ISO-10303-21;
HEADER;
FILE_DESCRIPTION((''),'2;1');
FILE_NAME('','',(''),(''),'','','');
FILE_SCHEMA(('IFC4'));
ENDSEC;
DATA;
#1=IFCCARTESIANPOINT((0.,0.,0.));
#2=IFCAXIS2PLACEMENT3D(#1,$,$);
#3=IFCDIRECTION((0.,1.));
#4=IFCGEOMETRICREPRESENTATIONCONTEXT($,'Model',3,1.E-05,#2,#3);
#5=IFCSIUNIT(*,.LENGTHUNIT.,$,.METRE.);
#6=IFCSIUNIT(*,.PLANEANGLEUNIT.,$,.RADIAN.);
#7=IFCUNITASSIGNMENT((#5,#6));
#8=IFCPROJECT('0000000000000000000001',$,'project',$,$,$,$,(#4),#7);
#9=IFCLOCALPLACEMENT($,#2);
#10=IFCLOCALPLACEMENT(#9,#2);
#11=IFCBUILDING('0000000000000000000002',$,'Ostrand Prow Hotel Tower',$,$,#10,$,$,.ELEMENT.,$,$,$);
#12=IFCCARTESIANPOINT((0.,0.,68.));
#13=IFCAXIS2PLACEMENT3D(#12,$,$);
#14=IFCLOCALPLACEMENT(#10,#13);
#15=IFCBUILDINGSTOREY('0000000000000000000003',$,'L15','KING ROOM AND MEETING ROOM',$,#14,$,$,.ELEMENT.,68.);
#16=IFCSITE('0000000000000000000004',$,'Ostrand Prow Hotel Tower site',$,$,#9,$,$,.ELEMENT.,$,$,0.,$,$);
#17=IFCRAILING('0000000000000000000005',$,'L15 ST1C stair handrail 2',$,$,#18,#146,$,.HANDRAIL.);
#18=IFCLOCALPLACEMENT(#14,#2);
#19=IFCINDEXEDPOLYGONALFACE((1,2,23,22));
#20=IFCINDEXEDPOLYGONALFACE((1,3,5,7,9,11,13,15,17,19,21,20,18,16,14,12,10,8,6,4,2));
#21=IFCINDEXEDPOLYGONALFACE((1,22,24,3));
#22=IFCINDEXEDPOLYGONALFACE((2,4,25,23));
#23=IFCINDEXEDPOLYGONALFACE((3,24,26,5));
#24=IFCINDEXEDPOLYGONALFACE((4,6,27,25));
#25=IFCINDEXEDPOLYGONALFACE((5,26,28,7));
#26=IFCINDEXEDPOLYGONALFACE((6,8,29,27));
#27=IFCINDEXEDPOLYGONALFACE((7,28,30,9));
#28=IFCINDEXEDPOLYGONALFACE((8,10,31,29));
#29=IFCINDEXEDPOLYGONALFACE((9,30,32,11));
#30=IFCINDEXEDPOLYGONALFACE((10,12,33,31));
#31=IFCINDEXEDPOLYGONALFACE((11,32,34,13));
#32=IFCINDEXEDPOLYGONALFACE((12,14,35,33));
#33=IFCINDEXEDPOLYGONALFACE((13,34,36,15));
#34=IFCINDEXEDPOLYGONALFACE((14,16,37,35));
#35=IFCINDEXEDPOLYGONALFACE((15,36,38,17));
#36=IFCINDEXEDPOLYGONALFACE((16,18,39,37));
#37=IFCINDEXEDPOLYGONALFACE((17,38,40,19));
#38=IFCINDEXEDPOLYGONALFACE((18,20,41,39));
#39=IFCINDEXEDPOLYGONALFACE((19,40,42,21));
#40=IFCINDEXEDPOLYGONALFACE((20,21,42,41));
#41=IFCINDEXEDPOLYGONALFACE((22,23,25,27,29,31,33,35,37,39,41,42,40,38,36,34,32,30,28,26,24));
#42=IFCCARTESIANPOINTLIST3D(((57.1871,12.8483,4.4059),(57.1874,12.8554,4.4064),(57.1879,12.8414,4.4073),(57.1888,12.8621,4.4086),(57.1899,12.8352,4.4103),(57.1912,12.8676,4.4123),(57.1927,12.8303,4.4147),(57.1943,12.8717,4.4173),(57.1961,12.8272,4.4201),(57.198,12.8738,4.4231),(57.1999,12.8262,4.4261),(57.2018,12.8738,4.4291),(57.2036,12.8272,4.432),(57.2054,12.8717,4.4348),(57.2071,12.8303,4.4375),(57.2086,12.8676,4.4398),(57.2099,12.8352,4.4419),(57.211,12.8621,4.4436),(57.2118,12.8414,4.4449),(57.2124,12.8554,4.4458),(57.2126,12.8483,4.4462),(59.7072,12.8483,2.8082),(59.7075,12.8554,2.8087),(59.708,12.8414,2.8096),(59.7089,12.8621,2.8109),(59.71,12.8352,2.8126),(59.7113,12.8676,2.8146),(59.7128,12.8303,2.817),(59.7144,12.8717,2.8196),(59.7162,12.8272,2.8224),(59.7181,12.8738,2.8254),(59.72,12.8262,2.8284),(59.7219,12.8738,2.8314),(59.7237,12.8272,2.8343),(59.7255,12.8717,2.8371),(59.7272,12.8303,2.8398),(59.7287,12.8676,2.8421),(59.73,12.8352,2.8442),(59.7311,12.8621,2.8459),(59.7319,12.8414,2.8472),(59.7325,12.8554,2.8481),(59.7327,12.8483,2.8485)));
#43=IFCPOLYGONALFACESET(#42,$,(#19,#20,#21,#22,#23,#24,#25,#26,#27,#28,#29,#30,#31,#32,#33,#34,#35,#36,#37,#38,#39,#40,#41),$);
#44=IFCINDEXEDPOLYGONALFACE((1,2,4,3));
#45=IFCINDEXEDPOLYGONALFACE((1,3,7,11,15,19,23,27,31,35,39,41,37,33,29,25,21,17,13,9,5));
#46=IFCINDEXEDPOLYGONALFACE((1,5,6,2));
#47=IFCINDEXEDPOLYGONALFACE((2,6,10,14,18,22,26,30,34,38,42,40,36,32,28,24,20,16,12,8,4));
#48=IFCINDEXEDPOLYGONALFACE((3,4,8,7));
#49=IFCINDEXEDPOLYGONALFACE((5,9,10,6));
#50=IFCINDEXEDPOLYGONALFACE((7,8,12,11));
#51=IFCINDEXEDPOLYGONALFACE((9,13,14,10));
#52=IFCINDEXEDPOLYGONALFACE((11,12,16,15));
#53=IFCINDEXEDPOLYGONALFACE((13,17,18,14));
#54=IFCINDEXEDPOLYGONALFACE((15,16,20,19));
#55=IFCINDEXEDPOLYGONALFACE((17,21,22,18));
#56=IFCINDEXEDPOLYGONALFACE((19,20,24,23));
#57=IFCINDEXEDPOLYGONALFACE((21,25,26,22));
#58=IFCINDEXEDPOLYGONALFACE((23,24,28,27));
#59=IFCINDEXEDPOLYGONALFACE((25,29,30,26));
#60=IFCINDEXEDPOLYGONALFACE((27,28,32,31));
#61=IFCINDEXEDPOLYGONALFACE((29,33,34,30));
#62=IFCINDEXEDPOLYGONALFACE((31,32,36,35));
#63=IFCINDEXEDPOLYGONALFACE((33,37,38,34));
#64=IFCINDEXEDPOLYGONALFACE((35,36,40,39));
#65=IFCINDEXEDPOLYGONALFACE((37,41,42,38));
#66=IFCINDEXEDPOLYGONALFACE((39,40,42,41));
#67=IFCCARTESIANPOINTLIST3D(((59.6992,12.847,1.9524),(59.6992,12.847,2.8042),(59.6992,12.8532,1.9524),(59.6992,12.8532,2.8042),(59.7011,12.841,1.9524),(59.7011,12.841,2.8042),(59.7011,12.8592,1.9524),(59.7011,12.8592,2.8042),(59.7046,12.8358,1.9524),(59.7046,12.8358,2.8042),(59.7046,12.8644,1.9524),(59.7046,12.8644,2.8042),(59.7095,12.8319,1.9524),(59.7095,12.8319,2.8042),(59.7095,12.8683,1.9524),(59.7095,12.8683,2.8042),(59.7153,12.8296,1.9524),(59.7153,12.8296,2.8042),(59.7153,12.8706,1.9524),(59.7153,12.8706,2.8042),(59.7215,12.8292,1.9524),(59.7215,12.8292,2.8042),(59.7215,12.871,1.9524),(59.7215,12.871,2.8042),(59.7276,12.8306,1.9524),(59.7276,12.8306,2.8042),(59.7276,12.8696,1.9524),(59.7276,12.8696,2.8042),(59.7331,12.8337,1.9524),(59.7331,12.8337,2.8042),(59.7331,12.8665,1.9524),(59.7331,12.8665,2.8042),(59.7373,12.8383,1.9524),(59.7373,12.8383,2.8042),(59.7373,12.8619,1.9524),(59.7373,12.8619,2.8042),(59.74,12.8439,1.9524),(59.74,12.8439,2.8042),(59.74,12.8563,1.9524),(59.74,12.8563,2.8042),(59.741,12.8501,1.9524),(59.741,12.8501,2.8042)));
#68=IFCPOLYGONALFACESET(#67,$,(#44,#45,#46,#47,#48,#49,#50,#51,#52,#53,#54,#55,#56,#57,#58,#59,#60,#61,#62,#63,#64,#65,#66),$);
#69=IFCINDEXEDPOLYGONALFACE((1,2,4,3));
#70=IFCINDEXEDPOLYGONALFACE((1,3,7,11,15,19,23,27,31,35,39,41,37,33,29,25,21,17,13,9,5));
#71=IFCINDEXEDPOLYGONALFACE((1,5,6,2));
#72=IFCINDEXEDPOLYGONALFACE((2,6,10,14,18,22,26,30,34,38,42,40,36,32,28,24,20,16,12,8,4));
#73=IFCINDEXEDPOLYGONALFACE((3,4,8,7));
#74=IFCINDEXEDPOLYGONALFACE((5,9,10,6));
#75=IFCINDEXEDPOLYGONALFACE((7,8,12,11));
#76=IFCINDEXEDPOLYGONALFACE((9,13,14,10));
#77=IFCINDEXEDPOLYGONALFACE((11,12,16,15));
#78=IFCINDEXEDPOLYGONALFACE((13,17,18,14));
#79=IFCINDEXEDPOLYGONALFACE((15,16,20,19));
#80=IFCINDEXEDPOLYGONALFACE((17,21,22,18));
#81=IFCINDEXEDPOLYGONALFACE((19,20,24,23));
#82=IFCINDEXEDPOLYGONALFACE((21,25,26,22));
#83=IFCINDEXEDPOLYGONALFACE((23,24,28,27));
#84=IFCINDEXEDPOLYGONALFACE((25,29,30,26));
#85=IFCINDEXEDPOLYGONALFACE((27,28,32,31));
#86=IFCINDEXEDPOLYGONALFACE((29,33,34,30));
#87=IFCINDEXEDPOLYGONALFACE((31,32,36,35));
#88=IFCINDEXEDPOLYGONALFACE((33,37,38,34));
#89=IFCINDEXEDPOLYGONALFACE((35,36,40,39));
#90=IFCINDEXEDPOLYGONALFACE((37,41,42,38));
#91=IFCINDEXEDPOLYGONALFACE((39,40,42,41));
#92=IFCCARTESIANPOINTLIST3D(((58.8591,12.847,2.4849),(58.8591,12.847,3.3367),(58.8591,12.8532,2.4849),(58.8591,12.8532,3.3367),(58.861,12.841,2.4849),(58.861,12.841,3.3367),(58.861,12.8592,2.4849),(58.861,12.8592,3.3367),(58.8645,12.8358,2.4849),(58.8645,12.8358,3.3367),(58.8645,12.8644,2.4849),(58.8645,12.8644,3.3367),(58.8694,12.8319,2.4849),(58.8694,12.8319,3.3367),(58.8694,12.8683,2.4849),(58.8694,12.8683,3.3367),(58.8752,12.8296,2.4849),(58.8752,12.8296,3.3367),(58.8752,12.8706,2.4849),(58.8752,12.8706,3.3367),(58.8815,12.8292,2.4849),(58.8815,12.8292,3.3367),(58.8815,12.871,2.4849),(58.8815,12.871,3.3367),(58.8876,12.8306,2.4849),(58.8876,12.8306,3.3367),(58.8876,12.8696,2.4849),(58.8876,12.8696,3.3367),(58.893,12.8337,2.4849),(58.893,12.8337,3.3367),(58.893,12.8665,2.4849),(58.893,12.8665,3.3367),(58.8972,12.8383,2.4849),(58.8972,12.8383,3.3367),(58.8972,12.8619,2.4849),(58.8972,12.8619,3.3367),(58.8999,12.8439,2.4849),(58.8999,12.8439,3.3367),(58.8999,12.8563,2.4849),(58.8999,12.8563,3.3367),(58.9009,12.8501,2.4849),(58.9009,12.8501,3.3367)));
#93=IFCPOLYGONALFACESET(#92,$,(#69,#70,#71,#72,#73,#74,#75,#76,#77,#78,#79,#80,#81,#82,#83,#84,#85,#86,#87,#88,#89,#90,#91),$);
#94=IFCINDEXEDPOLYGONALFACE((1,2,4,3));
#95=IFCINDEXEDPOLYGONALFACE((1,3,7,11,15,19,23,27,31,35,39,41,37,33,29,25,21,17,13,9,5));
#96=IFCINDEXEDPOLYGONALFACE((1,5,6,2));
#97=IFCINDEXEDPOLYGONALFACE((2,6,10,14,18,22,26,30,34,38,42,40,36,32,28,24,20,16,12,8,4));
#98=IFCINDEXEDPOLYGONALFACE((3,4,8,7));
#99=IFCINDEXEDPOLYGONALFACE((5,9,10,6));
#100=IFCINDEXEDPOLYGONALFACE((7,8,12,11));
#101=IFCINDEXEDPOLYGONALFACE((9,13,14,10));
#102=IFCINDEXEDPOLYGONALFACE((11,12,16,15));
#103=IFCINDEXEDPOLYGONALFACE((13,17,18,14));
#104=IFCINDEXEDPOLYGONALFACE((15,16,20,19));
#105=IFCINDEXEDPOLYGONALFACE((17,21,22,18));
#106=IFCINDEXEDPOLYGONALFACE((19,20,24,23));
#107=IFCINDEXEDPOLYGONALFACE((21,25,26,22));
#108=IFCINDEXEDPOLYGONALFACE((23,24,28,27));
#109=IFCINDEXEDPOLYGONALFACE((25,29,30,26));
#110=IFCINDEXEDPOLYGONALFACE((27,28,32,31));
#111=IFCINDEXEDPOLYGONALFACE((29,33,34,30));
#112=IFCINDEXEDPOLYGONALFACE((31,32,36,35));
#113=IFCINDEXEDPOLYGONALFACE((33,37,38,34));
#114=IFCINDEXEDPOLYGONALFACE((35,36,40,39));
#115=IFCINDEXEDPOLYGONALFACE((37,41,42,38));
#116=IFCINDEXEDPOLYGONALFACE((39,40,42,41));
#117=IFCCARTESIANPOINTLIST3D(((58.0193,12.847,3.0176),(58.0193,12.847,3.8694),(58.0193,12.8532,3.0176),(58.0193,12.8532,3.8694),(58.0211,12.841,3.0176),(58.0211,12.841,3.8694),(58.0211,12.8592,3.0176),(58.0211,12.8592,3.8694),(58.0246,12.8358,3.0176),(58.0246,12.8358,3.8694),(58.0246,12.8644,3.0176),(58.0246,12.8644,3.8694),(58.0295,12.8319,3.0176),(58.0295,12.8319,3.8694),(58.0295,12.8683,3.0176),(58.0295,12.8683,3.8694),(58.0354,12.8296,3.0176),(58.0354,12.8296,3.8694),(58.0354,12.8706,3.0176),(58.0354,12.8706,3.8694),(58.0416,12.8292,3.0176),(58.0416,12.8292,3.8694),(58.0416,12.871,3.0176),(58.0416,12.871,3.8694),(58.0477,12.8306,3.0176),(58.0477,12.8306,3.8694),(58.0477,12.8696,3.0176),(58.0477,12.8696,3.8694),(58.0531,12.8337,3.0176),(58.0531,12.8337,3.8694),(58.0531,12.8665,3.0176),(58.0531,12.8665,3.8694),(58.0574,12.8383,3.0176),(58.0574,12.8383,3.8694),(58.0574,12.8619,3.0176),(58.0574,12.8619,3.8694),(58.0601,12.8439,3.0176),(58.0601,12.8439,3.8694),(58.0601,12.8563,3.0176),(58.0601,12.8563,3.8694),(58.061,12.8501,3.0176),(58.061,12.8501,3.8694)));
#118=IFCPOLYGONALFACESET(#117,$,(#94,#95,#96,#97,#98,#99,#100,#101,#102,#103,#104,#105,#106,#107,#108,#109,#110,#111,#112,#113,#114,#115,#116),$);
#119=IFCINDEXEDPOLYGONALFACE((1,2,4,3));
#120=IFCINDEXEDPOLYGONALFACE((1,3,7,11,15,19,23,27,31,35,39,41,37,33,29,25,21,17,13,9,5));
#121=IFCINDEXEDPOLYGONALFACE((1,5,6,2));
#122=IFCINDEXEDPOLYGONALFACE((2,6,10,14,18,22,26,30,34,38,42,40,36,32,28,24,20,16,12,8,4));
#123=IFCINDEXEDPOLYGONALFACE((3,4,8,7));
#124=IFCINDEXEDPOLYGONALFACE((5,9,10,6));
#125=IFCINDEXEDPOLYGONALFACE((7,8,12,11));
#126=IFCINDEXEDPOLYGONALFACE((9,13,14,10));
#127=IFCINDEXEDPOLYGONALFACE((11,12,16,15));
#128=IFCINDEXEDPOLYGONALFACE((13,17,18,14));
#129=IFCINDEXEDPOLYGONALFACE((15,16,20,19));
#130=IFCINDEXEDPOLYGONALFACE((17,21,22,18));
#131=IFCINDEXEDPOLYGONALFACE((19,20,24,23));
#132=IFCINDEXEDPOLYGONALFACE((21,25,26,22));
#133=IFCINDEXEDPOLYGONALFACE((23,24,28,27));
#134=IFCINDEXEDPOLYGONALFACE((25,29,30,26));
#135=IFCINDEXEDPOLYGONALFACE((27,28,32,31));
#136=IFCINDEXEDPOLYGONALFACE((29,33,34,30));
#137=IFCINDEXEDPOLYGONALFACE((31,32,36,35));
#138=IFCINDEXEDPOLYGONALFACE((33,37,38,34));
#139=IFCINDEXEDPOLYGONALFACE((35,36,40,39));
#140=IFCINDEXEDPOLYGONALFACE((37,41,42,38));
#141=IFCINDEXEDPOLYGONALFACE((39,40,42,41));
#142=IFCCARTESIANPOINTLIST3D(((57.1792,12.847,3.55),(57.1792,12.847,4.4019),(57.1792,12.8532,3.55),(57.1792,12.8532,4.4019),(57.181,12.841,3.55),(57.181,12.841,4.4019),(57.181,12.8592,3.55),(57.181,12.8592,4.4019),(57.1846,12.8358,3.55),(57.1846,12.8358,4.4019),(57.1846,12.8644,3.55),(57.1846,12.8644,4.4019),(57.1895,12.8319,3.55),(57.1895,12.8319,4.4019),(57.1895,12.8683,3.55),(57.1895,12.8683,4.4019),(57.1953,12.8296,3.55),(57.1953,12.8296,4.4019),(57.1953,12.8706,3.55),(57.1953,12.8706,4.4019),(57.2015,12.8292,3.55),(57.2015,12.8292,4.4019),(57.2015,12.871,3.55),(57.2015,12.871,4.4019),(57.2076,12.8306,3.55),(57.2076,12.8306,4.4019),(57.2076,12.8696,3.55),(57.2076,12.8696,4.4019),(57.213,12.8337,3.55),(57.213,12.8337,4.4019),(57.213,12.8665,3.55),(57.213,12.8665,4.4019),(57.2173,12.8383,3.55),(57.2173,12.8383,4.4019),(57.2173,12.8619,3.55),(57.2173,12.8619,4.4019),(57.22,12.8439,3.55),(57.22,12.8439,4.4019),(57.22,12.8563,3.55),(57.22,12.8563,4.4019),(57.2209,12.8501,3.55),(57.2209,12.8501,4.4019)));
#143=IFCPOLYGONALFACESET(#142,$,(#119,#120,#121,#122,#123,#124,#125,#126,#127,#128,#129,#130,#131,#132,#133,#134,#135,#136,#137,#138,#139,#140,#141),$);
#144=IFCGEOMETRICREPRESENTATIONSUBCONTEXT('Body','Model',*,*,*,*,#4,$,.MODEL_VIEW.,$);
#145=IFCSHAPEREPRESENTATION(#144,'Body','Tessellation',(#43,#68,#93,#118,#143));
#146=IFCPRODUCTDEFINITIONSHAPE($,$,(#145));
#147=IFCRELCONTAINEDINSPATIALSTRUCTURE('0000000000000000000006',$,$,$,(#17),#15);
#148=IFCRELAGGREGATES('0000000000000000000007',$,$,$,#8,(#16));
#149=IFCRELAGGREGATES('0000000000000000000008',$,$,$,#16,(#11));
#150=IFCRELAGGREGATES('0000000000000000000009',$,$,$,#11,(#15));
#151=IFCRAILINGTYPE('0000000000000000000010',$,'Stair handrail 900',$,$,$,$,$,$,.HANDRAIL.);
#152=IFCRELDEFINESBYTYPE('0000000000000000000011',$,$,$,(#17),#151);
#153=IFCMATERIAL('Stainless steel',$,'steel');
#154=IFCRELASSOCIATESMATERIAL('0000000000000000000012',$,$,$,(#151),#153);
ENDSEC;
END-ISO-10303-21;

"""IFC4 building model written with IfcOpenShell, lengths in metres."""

from ifc_helpers import new_model, si_unit, direction, frame, origin, origin_2d, place, context, subcontext, project, spatial, circle, extrude, material, type_object, element, save


model = new_model("IFC4")

# Units and contexts
model_context = context("Model", 3, precision=1e-05, world=origin(), true_north=direction((0.0, 1.0)))
body_context = subcontext(model_context, "Body", "Model", "MODEL_VIEW")
ifc_project = project(units=[si_unit("LENGTHUNIT", "METRE"), si_unit("PLANEANGLEUNIT", "RADIAN")], contexts=[model_context])

# Site, building, storey
site_placement = place(None, origin())
site = spatial("IfcSite", under=ifc_project, at=site_placement, Name="Ostrand Prow Hotel Tower site", CompositionType="ELEMENT", RefElevation=0.0)
building_placement = place(site_placement, origin())
building = spatial("IfcBuilding", under=site, at=building_placement, Name="Ostrand Prow Hotel Tower", CompositionType="ELEMENT")
storey_placement = place(building_placement, frame((0.0, 0.0, 68.0)))
storey = spatial("IfcBuildingStorey", under=building, at=storey_placement, Name="L15", Description="KING ROOM AND MEETING ROOM", CompositionType="ELEMENT", Elevation=68.0)

# Railing
ifc_material_1 = material(Name="Stainless steel", Category="steel")
railing_type_1 = type_object("IfcRailingType", Name="Stair handrail 900", PredefinedType="HANDRAIL", material=ifc_material_1)
railing_1_placement = place(storey_placement, frame((59.72, 12.8501, 1.9524)))
element("IfcRailing", 1, at=railing_1_placement, inside=storey, type_object=railing_type_1, Name="L15 ST1C stair handrail 2", PredefinedType="HANDRAIL", context=body_context, shape_type="SweptSolid", body=[
    extrude(circle(Radius=0.0239, at=origin_2d()), frame((0.0, 0.0, 0.876), z_axis=(-0.84457, 0.0, 0.535445), x_axis=(0.0, -1.0, 0.0)), (0.0, 0.0, 1.0), 2.9839),
    extrude(circle(Radius=0.021, at=origin_2d()), origin(), (0.0, 0.0, 1.0), 0.8518),
    extrude(circle(Radius=0.021, at=origin_2d()), frame((-0.8401, 0.0, 0.5325)), (0.0, 0.0, 1.0), 0.8518),
    extrude(circle(Radius=0.021, at=origin_2d()), frame((-1.6799, 0.0, 1.0652)), (0.0, 0.0, 1.0), 0.8518),
    extrude(circle(Radius=0.021, at=origin_2d()), frame((-2.52, 0.0, 1.5977)), (0.0, 0.0, 1.0), 0.8518),
])

save(model, "model.ifc")
